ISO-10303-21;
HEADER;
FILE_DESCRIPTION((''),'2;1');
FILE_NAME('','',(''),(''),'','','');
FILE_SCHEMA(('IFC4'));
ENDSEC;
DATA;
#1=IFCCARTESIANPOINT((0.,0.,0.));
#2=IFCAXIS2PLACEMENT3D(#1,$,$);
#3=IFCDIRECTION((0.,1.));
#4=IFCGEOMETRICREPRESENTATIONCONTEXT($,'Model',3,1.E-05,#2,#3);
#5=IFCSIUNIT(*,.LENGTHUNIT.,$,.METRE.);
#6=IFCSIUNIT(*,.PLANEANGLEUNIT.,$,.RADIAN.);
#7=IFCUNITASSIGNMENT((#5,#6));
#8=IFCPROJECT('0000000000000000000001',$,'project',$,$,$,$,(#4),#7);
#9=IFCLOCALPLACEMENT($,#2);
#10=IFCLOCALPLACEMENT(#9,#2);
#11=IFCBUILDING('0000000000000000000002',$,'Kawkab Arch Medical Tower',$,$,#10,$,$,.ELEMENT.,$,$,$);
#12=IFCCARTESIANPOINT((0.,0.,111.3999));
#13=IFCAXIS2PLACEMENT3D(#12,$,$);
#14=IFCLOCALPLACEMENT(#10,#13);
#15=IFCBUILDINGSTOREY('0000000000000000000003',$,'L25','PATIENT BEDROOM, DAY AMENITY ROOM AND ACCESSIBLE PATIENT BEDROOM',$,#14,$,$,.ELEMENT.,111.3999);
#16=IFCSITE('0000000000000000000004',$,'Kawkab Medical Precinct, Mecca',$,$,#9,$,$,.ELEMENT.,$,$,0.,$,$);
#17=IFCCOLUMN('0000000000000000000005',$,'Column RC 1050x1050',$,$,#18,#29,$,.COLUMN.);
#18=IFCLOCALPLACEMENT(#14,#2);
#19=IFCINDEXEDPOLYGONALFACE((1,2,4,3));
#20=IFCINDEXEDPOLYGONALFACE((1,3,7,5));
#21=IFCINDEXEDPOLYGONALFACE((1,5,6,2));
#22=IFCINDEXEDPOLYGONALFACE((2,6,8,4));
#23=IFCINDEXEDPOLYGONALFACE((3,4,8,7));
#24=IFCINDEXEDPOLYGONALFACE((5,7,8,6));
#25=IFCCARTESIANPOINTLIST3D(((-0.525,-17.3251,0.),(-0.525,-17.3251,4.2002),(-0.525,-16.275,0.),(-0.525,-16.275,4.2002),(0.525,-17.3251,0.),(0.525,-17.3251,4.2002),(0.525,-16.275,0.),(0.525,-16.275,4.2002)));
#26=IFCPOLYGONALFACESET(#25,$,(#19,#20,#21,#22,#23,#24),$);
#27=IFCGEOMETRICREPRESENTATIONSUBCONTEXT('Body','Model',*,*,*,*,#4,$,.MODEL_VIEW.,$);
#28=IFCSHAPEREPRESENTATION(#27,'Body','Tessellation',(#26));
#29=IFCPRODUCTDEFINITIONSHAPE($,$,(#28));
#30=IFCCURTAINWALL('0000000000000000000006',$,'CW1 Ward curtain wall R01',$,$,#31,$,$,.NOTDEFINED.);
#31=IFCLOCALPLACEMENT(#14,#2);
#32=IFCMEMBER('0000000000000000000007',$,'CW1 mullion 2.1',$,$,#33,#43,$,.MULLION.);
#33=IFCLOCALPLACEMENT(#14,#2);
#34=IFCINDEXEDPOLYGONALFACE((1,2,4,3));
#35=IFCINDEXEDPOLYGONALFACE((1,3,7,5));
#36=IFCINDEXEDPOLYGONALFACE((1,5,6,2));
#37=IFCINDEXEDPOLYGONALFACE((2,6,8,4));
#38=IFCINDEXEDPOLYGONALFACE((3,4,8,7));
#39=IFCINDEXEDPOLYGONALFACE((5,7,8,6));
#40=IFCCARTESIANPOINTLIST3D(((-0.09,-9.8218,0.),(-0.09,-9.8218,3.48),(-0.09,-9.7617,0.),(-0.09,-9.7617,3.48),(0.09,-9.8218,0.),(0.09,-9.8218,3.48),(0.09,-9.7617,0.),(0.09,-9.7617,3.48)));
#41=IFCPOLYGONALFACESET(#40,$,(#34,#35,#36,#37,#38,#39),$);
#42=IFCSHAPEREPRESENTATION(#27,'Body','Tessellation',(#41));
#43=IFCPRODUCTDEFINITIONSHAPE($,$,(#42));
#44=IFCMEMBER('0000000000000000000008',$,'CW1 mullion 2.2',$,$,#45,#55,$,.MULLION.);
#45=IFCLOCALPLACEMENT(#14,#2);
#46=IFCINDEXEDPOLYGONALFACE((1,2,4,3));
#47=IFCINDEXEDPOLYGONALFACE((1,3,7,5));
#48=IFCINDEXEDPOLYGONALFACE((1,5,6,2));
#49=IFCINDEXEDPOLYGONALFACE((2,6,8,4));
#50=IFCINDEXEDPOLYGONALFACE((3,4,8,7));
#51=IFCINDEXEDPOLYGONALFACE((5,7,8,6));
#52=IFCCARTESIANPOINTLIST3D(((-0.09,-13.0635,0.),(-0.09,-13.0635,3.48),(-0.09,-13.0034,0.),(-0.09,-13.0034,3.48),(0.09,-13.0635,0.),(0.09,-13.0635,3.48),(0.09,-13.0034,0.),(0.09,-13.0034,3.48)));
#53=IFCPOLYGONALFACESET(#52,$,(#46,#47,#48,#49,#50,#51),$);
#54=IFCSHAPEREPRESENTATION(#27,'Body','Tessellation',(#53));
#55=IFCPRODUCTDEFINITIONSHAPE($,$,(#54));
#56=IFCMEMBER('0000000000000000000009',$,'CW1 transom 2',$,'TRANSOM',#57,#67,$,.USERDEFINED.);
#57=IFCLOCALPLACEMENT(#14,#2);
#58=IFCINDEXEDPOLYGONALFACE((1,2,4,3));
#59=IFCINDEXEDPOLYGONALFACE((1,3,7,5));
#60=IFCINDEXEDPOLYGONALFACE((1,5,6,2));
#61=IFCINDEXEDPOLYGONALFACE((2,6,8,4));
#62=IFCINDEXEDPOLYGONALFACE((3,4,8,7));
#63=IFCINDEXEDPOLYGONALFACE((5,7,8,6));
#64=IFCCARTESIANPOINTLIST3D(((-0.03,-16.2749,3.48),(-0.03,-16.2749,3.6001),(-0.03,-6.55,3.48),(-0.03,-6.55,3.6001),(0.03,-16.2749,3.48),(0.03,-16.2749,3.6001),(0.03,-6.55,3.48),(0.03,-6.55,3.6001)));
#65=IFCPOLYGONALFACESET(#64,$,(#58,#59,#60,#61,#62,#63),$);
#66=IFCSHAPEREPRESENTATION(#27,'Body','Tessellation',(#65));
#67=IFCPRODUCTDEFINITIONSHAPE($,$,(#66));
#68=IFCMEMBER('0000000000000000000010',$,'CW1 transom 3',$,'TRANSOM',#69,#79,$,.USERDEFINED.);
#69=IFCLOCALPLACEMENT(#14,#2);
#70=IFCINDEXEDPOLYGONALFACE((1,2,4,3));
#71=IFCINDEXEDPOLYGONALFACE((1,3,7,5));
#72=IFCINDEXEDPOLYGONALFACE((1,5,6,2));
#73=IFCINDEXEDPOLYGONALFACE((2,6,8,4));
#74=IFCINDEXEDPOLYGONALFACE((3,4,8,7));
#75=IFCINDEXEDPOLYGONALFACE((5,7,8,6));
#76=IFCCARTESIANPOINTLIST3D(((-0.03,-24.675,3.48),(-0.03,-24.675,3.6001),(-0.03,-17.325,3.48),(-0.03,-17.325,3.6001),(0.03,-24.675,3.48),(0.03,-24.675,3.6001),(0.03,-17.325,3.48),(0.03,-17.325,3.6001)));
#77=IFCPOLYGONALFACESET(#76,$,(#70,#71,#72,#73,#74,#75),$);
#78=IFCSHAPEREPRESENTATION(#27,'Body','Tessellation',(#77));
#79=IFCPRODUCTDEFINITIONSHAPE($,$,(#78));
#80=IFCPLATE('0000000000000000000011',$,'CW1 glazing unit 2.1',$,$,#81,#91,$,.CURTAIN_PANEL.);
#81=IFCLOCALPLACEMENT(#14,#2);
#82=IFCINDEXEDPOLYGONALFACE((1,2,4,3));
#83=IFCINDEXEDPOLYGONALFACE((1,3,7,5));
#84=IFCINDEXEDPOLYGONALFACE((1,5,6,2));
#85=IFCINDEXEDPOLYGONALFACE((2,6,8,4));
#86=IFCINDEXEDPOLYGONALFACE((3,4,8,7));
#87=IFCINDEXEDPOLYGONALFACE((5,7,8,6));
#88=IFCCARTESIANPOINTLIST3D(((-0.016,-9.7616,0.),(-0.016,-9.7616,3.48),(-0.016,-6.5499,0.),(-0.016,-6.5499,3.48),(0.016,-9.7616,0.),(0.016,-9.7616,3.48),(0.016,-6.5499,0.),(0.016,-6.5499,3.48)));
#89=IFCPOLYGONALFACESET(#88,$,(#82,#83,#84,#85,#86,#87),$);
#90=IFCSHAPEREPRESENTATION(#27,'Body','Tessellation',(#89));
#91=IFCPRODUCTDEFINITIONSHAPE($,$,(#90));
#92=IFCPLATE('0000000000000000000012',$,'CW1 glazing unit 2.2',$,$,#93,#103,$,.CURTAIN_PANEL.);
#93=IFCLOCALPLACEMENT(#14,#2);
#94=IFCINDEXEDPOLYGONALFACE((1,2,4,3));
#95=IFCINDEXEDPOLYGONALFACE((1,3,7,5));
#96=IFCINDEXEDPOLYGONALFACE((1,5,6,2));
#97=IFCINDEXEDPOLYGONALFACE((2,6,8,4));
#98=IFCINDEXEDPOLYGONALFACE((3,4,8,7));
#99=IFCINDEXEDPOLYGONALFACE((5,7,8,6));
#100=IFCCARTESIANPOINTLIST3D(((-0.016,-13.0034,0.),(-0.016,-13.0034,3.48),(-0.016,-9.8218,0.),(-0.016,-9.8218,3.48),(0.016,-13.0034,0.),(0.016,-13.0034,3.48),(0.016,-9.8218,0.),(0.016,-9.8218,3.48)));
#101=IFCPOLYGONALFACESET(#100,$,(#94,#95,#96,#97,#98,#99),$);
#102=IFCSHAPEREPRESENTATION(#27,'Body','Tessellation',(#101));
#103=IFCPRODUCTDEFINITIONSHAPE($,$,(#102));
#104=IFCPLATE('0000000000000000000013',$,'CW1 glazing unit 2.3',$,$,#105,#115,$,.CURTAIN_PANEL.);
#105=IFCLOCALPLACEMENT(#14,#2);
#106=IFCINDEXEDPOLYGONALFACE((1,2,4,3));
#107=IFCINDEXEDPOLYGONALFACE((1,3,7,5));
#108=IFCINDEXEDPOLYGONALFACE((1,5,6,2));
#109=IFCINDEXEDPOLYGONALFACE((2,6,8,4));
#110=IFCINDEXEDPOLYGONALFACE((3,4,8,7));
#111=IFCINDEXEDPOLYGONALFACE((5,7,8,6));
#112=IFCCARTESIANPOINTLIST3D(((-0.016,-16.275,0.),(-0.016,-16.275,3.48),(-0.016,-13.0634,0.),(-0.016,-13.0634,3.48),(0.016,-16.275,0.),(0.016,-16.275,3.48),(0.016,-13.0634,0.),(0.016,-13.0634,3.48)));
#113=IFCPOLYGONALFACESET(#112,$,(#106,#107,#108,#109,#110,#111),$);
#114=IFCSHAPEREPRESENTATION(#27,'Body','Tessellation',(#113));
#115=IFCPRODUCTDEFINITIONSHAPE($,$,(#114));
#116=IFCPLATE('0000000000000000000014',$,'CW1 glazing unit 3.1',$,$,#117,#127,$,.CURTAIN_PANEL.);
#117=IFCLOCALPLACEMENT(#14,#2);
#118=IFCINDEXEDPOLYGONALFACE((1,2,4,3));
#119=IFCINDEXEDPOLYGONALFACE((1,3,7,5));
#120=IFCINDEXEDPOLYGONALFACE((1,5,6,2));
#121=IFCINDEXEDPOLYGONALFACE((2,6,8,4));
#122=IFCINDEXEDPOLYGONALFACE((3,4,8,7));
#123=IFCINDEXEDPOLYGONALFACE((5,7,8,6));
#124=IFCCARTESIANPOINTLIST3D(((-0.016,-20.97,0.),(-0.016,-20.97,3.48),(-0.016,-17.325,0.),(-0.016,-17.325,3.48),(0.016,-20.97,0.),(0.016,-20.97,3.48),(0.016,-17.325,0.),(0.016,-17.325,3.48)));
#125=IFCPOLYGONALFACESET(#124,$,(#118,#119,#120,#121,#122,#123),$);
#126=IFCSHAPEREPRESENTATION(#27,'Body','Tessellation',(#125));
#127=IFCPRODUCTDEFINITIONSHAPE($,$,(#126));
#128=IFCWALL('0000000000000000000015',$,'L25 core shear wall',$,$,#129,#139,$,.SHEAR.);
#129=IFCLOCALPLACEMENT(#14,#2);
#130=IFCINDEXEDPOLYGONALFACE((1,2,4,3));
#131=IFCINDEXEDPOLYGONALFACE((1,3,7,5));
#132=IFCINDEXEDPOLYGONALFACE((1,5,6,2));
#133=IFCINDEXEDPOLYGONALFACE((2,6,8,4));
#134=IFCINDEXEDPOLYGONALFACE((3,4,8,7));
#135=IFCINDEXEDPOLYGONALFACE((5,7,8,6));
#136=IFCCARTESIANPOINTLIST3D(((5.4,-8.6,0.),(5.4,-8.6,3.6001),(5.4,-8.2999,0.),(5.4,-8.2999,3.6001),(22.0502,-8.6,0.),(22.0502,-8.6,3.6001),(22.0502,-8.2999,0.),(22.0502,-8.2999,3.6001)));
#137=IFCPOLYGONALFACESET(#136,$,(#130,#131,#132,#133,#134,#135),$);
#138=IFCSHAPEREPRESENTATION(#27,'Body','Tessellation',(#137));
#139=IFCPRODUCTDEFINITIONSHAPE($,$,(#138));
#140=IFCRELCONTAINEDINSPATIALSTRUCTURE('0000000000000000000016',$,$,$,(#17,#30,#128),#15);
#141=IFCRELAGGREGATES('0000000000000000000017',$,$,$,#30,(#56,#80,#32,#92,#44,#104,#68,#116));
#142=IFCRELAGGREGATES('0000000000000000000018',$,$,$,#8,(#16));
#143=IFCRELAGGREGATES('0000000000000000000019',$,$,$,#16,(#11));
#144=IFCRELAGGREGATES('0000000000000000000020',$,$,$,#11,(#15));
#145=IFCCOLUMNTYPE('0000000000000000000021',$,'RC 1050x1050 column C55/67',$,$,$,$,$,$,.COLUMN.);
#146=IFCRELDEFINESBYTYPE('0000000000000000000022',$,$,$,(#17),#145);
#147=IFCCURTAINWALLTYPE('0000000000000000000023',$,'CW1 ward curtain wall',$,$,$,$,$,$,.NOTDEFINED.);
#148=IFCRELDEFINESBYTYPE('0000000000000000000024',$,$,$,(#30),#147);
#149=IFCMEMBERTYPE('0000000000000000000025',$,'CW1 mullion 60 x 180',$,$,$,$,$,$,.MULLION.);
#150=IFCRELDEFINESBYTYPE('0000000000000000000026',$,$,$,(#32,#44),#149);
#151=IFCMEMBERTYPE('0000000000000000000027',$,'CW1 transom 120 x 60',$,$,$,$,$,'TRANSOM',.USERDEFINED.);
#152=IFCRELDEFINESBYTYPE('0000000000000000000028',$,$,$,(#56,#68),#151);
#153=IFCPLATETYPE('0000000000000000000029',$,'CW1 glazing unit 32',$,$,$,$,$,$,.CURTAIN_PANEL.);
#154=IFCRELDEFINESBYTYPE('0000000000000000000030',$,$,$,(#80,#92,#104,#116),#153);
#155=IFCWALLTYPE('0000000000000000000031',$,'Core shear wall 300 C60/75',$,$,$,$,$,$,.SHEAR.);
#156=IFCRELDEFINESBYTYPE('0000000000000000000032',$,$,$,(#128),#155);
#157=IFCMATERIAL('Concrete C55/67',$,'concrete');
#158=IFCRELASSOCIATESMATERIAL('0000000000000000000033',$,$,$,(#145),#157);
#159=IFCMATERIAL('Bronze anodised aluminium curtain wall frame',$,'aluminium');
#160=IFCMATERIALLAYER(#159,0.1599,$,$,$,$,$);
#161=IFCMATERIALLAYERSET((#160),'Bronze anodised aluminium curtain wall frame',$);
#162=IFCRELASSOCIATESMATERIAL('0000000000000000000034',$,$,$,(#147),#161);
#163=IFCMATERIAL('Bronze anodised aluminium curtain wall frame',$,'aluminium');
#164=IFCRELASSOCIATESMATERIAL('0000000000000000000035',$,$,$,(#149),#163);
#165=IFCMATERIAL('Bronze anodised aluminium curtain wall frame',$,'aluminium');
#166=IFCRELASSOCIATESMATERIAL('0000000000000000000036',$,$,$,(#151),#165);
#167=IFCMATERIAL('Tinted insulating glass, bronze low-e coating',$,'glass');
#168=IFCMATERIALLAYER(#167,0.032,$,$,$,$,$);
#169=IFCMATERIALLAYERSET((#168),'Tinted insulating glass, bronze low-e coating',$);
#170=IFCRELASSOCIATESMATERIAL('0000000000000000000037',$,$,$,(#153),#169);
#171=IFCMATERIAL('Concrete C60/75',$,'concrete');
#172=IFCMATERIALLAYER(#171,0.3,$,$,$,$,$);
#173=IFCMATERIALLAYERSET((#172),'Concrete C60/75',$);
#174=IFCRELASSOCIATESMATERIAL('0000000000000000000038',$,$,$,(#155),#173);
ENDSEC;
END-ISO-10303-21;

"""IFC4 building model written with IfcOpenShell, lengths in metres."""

from ifc_helpers import new_model, si_unit, direction, frame, frame_2d, origin, origin_2d, place, context, subcontext, project, spatial, rectangle, extrude, material, layer, layer_set, material_profile, profile_set, type_object, element, aggregate, save


model = new_model("IFC4")

# Units and contexts
model_context = context("Model", 3, precision=1e-05, world=origin(), true_north=direction((0.0, 1.0)))
body_context = subcontext(model_context, "Body", "Model", "MODEL_VIEW")
ifc_project = project(units=[si_unit("LENGTHUNIT", "METRE"), si_unit("PLANEANGLEUNIT", "RADIAN")], contexts=[model_context])

# Site, building, storey
site_placement = place(None, origin())
site = spatial("IfcSite", under=ifc_project, at=site_placement, Name="Kawkab Medical Precinct, Mecca", CompositionType="ELEMENT", RefElevation=0.0)
building_placement = place(site_placement, origin())
building = spatial("IfcBuilding", under=site, at=building_placement, Name="Kawkab Arch Medical Tower", CompositionType="ELEMENT")
storey_placement = place(building_placement, frame((0.0, 0.0, 111.3999)))
storey = spatial("IfcBuildingStorey", under=building, at=storey_placement, Name="L25", Description="PATIENT BEDROOM, DAY AMENITY ROOM AND ACCESSIBLE PATIENT BEDROOM", CompositionType="ELEMENT", Elevation=111.3999)

# Column
ifc_material_1 = material(Name="Concrete C55/67", Category="concrete")
ifc_material_profile_1 = material_profile(ifc_material_1, rectangle(XDim=1.05, YDim=1.05, at=origin_2d()), Name="RC 1050x1050")
ifc_profile_set_1 = profile_set([ifc_material_profile_1], Name="Concrete C55/67")
column_type = type_object("IfcColumnType", Name="RC 1050x1050 column C55/67", PredefinedType="COLUMN", material=ifc_profile_set_1)
column_placement = place(storey_placement, frame((0.0, -16.8, 0.0), z_axis=(0.0, 0.0, 1.0), x_axis=(1.0, 0.0, 0.0)))
element("IfcColumn", 1, at=column_placement, inside=storey, type_object=column_type, Name="Column RC 1050x1050", PredefinedType="COLUMN", context=body_context, shape_type="SweptSolid", body=[
    extrude(rectangle(XDim=1.05, YDim=1.05, at=origin_2d()), origin(), (0.0, 0.0, 1.0), 4.2002),
])

# Curtain wall, members, plates
ifc_material_2 = material(Name="Bronze anodised aluminium curtain wall frame", Category="aluminium")
ifc_layer_1 = layer(ifc_material_2, 0.1599)
ifc_layer_set_1 = layer_set([ifc_layer_1], Name="Bronze anodised aluminium curtain wall frame")
curtain_wall_type = type_object("IfcCurtainWallType", Name="CW1 ward curtain wall", PredefinedType="NOTDEFINED", material=ifc_layer_set_1)
placement = place(storey_placement, origin())
curtain_wall = element("IfcCurtainWall", 2, at=placement, inside=storey, type_object=curtain_wall_type, Name="CW1 Ward curtain wall R01", PredefinedType="NOTDEFINED")
ifc_material_3 = material(Name="Bronze anodised aluminium curtain wall frame", Category="aluminium")
ifc_material_profile_2 = material_profile(ifc_material_3, rectangle(XDim=0.1799, YDim=0.0601, at=origin_2d()), Name="AL 60x180")
ifc_profile_set_2 = profile_set([ifc_material_profile_2], Name="Bronze anodised aluminium curtain wall frame")
member_type_1 = type_object("IfcMemberType", Name="CW1 mullion 60 x 180", PredefinedType="MULLION", material=ifc_profile_set_2)
member_1_placement = place(storey_placement, frame((0.0, -9.7917, 0.0), z_axis=(0.0, 0.0, 1.0), x_axis=(1.0, 0.0, 0.0)))
member_1 = element("IfcMember", 3, at=member_1_placement, type_object=member_type_1, Name="CW1 mullion 2.1", PredefinedType="MULLION", context=body_context, shape_type="SweptSolid", body=[
    extrude(rectangle(XDim=0.1799, YDim=0.0601, at=origin_2d()), origin(), (0.0, 0.0, 1.0), 3.48),
])
member_2_placement = place(storey_placement, frame((0.0, -13.0334, 0.0), z_axis=(0.0, 0.0, 1.0), x_axis=(1.0, 0.0, 0.0)))
member_2 = element("IfcMember", 4, at=member_2_placement, type_object=member_type_1, Name="CW1 mullion 2.2", PredefinedType="MULLION", context=body_context, shape_type="SweptSolid", body=[
    extrude(rectangle(XDim=0.1799, YDim=0.0601, at=origin_2d()), origin(), (0.0, 0.0, 1.0), 3.48),
])
ifc_material_4 = material(Name="Bronze anodised aluminium curtain wall frame", Category="aluminium")
ifc_material_profile_3 = material_profile(ifc_material_4, rectangle(XDim=0.0601, YDim=0.1201, at=origin_2d()), Name="AL 60x120")
ifc_profile_set_3 = profile_set([ifc_material_profile_3], Name="Bronze anodised aluminium curtain wall frame")
member_type_2 = type_object("IfcMemberType", Name="CW1 transom 120 x 60", ElementType="TRANSOM", PredefinedType="USERDEFINED", material=ifc_profile_set_3)
member_3_placement = place(storey_placement, frame((0.0, -6.55, 3.54), z_axis=(0.0, -1.0, 0.0), x_axis=(1.0, 0.0, 0.0)))
member_3 = element("IfcMember", 5, at=member_3_placement, type_object=member_type_2, Name="CW1 transom 2", ObjectType="TRANSOM", PredefinedType="USERDEFINED", context=body_context, shape_type="SweptSolid", body=[
    extrude(rectangle(XDim=0.0601, YDim=0.1201, at=origin_2d()), origin(), (0.0, 0.0, 1.0), 9.7249),
])
member_4_placement = place(storey_placement, frame((0.0, -17.325, 3.54), z_axis=(0.0, -1.0, 0.0), x_axis=(1.0, 0.0, 0.0)))
member_4 = element("IfcMember", 6, at=member_4_placement, type_object=member_type_2, Name="CW1 transom 3", ObjectType="TRANSOM", PredefinedType="USERDEFINED", context=body_context, shape_type="SweptSolid", body=[
    extrude(rectangle(XDim=0.0601, YDim=0.1201, at=origin_2d()), origin(), (0.0, 0.0, 1.0), 7.3501),
])
ifc_material_5 = material(Name="Tinted insulating glass, bronze low-e coating", Category="glass")
ifc_layer_2 = layer(ifc_material_5, 0.032)
ifc_layer_set_2 = layer_set([ifc_layer_2], Name="Tinted insulating glass, bronze low-e coating")
plate_type = type_object("IfcPlateType", Name="CW1 glazing unit 32", PredefinedType="CURTAIN_PANEL", material=ifc_layer_set_2)
plate_1_placement = place(storey_placement, frame((0.0, -8.1558, 0.0), z_axis=(0.0, 0.0, 1.0), x_axis=(0.0, -1.0, 0.0)))
plate_1 = element("IfcPlate", 7, at=plate_1_placement, type_object=plate_type, Name="CW1 glazing unit 2.1", PredefinedType="CURTAIN_PANEL", context=body_context, shape_type="SweptSolid", body=[
    extrude(rectangle(XDim=3.2117, YDim=0.032, at=origin_2d()), origin(), (0.0, 0.0, 1.0), 3.48),
])
plate_2_placement = place(storey_placement, frame((0.0, -11.4126, 0.0), z_axis=(0.0, 0.0, 1.0), x_axis=(0.0, -1.0, 0.0)))
plate_2 = element("IfcPlate", 8, at=plate_2_placement, type_object=plate_type, Name="CW1 glazing unit 2.2", PredefinedType="CURTAIN_PANEL", context=body_context, shape_type="SweptSolid", body=[
    extrude(rectangle(XDim=3.1816, YDim=0.032, at=origin_2d()), origin(), (0.0, 0.0, 1.0), 3.48),
])
plate_3_placement = place(storey_placement, frame((0.0, -14.6692, 0.0), z_axis=(0.0, 0.0, 1.0), x_axis=(0.0, -1.0, 0.0)))
plate_3 = element("IfcPlate", 9, at=plate_3_placement, type_object=plate_type, Name="CW1 glazing unit 2.3", PredefinedType="CURTAIN_PANEL", context=body_context, shape_type="SweptSolid", body=[
    extrude(rectangle(XDim=3.2117, YDim=0.032, at=origin_2d()), origin(), (0.0, 0.0, 1.0), 3.48),
])
plate_4_placement = place(storey_placement, frame((0.0, -19.1475, 0.0), z_axis=(0.0, 0.0, 1.0), x_axis=(0.0, -1.0, 0.0)))
plate_4 = element("IfcPlate", 10, at=plate_4_placement, type_object=plate_type, Name="CW1 glazing unit 3.1", PredefinedType="CURTAIN_PANEL", context=body_context, shape_type="SweptSolid", body=[
    extrude(rectangle(XDim=3.645, YDim=0.032, at=origin_2d()), origin(), (0.0, 0.0, 1.0), 3.48),
])
aggregate(curtain_wall, [member_3, plate_1, member_1, plate_2, member_2, plate_3, member_4, plate_4])

# Wall
ifc_material_6 = material(Name="Concrete C60/75", Category="concrete")
ifc_layer_3 = layer(ifc_material_6, 0.3)
ifc_layer_set_3 = layer_set([ifc_layer_3], Name="Concrete C60/75")
wall_type_1 = type_object("IfcWallType", Name="Core shear wall 300 C60/75", PredefinedType="SHEAR", material=ifc_layer_set_3)
wall_1_placement = place(storey_placement, frame((5.3999, -8.45, 0.0), z_axis=(0.0, 0.0, 1.0), x_axis=(1.0, 0.0, 0.0)))
element("IfcWall", 11, at=wall_1_placement, inside=storey, type_object=wall_type_1, Name="L25 core shear wall", PredefinedType="SHEAR", context=body_context, shape_type="SweptSolid", body=[
    extrude(rectangle(XDim=16.6501, YDim=0.3, at=frame_2d((8.3252, 0.0))), origin(), (0.0, 0.0, 1.0), 3.6001),
])

save(model, "model.ifc")
